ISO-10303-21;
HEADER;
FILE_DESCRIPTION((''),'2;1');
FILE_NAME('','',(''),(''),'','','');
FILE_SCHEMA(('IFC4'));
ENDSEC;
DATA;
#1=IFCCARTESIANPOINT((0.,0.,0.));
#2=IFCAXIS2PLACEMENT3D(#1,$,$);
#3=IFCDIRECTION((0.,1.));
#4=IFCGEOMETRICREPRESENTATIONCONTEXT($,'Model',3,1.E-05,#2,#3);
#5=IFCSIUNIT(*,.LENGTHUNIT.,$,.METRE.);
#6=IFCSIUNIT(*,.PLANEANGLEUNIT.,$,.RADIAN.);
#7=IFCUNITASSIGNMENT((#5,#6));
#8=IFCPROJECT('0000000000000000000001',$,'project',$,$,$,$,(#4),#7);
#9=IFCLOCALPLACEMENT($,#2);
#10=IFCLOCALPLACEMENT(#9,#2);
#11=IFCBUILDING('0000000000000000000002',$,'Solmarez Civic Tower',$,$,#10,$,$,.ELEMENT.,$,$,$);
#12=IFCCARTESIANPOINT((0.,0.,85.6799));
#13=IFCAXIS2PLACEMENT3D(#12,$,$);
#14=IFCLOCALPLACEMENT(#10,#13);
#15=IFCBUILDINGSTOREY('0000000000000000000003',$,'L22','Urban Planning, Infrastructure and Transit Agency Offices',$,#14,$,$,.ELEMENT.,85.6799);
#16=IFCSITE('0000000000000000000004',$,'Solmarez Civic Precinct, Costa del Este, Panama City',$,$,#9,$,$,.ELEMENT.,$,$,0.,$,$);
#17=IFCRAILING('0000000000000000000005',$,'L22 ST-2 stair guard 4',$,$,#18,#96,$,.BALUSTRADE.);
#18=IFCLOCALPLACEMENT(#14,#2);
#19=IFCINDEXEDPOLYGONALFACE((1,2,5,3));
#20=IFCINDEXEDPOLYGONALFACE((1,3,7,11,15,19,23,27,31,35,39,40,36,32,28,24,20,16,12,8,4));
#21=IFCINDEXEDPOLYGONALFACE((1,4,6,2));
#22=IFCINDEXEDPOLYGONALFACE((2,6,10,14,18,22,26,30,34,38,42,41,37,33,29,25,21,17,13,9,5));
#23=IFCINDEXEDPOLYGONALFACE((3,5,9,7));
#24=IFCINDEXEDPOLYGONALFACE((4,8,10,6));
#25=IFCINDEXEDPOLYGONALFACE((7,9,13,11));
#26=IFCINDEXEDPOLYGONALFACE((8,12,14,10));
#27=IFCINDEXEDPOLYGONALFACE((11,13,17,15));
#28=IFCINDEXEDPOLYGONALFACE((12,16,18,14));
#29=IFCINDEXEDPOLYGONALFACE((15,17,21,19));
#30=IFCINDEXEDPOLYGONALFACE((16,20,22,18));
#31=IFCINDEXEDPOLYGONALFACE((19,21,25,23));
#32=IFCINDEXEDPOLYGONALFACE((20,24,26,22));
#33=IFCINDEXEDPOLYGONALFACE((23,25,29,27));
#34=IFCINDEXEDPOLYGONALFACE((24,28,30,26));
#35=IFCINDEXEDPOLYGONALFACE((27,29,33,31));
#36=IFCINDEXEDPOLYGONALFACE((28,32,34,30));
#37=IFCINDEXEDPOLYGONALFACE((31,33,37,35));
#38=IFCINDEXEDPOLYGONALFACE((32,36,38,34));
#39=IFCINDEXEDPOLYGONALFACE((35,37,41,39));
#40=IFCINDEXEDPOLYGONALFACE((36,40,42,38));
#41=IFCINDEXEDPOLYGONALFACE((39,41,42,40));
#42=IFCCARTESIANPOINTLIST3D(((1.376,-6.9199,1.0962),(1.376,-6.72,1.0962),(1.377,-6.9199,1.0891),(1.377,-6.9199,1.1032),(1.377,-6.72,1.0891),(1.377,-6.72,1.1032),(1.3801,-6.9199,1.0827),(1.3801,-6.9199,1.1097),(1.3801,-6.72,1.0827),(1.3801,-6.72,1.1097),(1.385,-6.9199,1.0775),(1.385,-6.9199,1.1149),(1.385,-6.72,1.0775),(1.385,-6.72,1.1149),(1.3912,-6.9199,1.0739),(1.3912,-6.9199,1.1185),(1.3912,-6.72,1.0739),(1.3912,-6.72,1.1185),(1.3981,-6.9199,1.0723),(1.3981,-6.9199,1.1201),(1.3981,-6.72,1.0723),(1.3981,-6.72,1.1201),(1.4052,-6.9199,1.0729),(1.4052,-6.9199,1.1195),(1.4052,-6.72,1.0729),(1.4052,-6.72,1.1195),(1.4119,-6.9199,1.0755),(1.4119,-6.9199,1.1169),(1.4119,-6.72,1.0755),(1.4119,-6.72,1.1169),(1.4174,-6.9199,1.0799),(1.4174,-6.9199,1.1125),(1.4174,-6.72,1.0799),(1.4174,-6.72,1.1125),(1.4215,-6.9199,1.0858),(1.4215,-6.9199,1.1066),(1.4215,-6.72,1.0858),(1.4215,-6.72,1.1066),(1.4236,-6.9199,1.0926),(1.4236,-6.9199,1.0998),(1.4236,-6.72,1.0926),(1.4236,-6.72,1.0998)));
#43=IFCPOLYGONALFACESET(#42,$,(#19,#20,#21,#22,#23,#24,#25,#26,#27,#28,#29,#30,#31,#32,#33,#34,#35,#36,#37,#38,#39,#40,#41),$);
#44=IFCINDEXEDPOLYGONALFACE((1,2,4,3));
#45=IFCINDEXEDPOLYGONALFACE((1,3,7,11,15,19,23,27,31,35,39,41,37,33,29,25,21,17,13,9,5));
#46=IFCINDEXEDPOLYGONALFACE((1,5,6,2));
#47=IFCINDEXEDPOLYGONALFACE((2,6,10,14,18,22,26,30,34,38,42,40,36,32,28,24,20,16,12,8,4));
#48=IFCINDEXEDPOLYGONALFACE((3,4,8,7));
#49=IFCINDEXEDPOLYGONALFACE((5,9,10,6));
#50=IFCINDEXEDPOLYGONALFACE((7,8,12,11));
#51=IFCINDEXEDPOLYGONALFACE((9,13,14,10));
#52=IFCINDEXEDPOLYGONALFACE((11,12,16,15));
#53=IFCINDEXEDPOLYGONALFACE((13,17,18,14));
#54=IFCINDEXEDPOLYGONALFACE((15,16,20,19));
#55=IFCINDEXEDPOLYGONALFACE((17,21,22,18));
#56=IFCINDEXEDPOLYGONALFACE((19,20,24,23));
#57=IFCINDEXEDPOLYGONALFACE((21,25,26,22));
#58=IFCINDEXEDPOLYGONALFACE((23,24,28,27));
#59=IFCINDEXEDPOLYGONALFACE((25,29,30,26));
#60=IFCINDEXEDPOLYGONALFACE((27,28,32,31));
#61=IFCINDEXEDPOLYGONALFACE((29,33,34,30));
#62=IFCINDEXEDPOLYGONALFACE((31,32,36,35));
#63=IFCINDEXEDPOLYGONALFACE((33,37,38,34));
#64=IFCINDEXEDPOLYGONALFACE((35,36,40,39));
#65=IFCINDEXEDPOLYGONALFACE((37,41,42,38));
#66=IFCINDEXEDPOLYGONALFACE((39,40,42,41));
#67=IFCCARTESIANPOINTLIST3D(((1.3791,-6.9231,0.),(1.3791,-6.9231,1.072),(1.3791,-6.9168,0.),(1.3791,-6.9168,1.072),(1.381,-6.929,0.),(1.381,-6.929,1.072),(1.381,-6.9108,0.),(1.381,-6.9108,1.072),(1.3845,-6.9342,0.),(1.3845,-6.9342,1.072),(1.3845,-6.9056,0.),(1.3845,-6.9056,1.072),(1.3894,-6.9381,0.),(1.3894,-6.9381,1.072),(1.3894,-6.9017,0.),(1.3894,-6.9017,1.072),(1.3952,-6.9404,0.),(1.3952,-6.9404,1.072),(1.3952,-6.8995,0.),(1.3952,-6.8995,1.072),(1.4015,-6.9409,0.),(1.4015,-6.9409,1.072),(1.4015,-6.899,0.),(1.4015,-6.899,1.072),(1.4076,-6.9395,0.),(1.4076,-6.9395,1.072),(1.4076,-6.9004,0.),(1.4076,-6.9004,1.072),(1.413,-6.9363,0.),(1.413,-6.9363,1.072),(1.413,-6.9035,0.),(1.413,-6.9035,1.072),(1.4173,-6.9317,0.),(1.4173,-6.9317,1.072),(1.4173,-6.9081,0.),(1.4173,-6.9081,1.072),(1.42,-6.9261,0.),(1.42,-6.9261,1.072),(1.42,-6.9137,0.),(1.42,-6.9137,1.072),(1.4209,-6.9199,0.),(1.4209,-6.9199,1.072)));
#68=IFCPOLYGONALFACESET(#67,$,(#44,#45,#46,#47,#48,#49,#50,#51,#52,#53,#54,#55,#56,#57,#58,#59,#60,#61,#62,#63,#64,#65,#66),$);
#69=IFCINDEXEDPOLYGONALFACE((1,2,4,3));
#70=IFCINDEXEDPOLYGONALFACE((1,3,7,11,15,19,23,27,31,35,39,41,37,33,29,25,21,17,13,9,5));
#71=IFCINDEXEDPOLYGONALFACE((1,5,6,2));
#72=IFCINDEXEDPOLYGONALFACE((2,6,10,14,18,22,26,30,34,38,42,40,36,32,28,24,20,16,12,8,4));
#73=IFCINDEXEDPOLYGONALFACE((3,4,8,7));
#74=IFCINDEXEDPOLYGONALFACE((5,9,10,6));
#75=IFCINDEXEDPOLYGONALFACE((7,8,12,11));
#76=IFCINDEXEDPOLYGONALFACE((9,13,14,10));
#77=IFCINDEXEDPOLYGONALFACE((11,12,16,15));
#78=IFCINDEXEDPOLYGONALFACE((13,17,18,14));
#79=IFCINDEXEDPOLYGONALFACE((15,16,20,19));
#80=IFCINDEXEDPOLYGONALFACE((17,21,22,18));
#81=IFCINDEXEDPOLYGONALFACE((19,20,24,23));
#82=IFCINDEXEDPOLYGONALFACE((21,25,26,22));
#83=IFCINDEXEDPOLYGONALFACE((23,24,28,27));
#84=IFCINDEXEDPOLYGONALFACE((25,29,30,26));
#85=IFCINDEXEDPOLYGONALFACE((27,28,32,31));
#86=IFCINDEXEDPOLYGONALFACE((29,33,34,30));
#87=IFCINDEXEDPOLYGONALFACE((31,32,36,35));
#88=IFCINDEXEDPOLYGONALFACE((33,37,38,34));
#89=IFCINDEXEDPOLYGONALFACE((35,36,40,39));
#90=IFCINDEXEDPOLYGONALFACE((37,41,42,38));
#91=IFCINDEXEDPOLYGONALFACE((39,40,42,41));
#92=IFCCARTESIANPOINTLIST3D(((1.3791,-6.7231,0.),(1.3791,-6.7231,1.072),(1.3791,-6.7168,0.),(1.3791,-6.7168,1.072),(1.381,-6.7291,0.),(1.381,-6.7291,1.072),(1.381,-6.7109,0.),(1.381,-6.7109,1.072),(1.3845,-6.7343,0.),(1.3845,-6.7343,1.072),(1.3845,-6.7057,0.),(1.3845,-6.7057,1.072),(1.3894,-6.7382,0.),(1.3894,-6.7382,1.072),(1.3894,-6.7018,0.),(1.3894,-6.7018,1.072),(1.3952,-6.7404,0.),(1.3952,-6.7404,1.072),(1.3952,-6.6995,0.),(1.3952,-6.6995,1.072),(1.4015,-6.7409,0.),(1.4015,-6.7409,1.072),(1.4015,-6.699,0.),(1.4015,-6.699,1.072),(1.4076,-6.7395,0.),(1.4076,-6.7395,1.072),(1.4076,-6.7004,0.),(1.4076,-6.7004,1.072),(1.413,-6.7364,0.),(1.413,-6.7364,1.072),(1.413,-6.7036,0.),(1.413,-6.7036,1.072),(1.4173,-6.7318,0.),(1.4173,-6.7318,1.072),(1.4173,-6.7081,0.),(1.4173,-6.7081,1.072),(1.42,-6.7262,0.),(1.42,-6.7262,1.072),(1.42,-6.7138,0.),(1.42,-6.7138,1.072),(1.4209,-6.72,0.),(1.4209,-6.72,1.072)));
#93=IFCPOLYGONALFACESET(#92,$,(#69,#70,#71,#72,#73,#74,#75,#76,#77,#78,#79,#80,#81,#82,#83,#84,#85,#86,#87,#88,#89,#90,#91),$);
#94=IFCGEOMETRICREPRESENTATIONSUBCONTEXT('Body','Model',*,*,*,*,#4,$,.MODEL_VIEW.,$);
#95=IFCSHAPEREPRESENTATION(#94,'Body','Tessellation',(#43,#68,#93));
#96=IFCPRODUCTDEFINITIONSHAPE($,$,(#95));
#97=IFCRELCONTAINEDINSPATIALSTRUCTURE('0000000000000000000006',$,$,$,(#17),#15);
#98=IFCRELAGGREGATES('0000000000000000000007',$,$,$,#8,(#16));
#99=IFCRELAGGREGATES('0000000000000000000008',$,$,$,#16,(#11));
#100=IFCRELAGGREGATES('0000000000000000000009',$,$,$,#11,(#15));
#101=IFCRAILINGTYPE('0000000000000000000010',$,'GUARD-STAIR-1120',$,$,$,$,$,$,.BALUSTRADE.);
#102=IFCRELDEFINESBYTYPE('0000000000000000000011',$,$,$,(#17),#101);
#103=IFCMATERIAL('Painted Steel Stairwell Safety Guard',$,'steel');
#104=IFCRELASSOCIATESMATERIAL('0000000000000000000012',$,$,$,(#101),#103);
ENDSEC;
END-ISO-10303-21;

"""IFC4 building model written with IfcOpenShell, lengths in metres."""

from ifc_helpers import new_model, si_unit, direction, frame, origin, origin_2d, place, context, subcontext, project, spatial, circle, extrude, material, type_object, element, save


model = new_model("IFC4")

# Units and contexts
model_context = context("Model", 3, precision=1e-05, world=origin(), true_north=direction((0.0, 1.0)))
body_context = subcontext(model_context, "Body", "Model", "MODEL_VIEW")
ifc_project = project(units=[si_unit("LENGTHUNIT", "METRE"), si_unit("PLANEANGLEUNIT", "RADIAN")], contexts=[model_context])

# Site, building, storey
site_placement = place(None, origin())
site = spatial("IfcSite", under=ifc_project, at=site_placement, Name="Solmarez Civic Precinct, Costa del Este, Panama City", CompositionType="ELEMENT", RefElevation=0.0)
building_placement = place(site_placement, origin())
building = spatial("IfcBuilding", under=site, at=building_placement, Name="Solmarez Civic Tower", CompositionType="ELEMENT")
storey_placement = place(building_placement, frame((0.0, 0.0, 85.6799)))
storey = spatial("IfcBuildingStorey", under=building, at=storey_placement, Name="L22", Description="Urban Planning, Infrastructure and Transit Agency Offices", CompositionType="ELEMENT", Elevation=85.6799)

# Railing
ifc_material_1 = material(Name="Painted Steel Stairwell Safety Guard", Category="steel")
railing_type_1 = type_object("IfcRailingType", Name="GUARD-STAIR-1120", PredefinedType="BALUSTRADE", material=ifc_material_1)
railing_1_placement = place(storey_placement, frame((1.3999, -6.9199, 0.0)))
element("IfcRailing", 1, at=railing_1_placement, inside=storey, type_object=railing_type_1, Name="L22 ST-2 stair guard 4", PredefinedType="BALUSTRADE", context=body_context, shape_type="SweptSolid", body=[
    extrude(circle(Radius=0.0239, at=origin_2d()), frame((0.0, 0.0, 1.0962), z_axis=(0.0, 1.0, 0.0), x_axis=(-1.0, 0.0, 0.0)), (0.0, 0.0, 1.0), 0.2),
    extrude(circle(Radius=0.021, at=origin_2d()), origin(), (0.0, 0.0, 1.0), 1.072),
    extrude(circle(Radius=0.021, at=origin_2d()), frame((0.0, 0.2, 0.0)), (0.0, 0.0, 1.0), 1.072),
])

save(model, "model.ifc")
